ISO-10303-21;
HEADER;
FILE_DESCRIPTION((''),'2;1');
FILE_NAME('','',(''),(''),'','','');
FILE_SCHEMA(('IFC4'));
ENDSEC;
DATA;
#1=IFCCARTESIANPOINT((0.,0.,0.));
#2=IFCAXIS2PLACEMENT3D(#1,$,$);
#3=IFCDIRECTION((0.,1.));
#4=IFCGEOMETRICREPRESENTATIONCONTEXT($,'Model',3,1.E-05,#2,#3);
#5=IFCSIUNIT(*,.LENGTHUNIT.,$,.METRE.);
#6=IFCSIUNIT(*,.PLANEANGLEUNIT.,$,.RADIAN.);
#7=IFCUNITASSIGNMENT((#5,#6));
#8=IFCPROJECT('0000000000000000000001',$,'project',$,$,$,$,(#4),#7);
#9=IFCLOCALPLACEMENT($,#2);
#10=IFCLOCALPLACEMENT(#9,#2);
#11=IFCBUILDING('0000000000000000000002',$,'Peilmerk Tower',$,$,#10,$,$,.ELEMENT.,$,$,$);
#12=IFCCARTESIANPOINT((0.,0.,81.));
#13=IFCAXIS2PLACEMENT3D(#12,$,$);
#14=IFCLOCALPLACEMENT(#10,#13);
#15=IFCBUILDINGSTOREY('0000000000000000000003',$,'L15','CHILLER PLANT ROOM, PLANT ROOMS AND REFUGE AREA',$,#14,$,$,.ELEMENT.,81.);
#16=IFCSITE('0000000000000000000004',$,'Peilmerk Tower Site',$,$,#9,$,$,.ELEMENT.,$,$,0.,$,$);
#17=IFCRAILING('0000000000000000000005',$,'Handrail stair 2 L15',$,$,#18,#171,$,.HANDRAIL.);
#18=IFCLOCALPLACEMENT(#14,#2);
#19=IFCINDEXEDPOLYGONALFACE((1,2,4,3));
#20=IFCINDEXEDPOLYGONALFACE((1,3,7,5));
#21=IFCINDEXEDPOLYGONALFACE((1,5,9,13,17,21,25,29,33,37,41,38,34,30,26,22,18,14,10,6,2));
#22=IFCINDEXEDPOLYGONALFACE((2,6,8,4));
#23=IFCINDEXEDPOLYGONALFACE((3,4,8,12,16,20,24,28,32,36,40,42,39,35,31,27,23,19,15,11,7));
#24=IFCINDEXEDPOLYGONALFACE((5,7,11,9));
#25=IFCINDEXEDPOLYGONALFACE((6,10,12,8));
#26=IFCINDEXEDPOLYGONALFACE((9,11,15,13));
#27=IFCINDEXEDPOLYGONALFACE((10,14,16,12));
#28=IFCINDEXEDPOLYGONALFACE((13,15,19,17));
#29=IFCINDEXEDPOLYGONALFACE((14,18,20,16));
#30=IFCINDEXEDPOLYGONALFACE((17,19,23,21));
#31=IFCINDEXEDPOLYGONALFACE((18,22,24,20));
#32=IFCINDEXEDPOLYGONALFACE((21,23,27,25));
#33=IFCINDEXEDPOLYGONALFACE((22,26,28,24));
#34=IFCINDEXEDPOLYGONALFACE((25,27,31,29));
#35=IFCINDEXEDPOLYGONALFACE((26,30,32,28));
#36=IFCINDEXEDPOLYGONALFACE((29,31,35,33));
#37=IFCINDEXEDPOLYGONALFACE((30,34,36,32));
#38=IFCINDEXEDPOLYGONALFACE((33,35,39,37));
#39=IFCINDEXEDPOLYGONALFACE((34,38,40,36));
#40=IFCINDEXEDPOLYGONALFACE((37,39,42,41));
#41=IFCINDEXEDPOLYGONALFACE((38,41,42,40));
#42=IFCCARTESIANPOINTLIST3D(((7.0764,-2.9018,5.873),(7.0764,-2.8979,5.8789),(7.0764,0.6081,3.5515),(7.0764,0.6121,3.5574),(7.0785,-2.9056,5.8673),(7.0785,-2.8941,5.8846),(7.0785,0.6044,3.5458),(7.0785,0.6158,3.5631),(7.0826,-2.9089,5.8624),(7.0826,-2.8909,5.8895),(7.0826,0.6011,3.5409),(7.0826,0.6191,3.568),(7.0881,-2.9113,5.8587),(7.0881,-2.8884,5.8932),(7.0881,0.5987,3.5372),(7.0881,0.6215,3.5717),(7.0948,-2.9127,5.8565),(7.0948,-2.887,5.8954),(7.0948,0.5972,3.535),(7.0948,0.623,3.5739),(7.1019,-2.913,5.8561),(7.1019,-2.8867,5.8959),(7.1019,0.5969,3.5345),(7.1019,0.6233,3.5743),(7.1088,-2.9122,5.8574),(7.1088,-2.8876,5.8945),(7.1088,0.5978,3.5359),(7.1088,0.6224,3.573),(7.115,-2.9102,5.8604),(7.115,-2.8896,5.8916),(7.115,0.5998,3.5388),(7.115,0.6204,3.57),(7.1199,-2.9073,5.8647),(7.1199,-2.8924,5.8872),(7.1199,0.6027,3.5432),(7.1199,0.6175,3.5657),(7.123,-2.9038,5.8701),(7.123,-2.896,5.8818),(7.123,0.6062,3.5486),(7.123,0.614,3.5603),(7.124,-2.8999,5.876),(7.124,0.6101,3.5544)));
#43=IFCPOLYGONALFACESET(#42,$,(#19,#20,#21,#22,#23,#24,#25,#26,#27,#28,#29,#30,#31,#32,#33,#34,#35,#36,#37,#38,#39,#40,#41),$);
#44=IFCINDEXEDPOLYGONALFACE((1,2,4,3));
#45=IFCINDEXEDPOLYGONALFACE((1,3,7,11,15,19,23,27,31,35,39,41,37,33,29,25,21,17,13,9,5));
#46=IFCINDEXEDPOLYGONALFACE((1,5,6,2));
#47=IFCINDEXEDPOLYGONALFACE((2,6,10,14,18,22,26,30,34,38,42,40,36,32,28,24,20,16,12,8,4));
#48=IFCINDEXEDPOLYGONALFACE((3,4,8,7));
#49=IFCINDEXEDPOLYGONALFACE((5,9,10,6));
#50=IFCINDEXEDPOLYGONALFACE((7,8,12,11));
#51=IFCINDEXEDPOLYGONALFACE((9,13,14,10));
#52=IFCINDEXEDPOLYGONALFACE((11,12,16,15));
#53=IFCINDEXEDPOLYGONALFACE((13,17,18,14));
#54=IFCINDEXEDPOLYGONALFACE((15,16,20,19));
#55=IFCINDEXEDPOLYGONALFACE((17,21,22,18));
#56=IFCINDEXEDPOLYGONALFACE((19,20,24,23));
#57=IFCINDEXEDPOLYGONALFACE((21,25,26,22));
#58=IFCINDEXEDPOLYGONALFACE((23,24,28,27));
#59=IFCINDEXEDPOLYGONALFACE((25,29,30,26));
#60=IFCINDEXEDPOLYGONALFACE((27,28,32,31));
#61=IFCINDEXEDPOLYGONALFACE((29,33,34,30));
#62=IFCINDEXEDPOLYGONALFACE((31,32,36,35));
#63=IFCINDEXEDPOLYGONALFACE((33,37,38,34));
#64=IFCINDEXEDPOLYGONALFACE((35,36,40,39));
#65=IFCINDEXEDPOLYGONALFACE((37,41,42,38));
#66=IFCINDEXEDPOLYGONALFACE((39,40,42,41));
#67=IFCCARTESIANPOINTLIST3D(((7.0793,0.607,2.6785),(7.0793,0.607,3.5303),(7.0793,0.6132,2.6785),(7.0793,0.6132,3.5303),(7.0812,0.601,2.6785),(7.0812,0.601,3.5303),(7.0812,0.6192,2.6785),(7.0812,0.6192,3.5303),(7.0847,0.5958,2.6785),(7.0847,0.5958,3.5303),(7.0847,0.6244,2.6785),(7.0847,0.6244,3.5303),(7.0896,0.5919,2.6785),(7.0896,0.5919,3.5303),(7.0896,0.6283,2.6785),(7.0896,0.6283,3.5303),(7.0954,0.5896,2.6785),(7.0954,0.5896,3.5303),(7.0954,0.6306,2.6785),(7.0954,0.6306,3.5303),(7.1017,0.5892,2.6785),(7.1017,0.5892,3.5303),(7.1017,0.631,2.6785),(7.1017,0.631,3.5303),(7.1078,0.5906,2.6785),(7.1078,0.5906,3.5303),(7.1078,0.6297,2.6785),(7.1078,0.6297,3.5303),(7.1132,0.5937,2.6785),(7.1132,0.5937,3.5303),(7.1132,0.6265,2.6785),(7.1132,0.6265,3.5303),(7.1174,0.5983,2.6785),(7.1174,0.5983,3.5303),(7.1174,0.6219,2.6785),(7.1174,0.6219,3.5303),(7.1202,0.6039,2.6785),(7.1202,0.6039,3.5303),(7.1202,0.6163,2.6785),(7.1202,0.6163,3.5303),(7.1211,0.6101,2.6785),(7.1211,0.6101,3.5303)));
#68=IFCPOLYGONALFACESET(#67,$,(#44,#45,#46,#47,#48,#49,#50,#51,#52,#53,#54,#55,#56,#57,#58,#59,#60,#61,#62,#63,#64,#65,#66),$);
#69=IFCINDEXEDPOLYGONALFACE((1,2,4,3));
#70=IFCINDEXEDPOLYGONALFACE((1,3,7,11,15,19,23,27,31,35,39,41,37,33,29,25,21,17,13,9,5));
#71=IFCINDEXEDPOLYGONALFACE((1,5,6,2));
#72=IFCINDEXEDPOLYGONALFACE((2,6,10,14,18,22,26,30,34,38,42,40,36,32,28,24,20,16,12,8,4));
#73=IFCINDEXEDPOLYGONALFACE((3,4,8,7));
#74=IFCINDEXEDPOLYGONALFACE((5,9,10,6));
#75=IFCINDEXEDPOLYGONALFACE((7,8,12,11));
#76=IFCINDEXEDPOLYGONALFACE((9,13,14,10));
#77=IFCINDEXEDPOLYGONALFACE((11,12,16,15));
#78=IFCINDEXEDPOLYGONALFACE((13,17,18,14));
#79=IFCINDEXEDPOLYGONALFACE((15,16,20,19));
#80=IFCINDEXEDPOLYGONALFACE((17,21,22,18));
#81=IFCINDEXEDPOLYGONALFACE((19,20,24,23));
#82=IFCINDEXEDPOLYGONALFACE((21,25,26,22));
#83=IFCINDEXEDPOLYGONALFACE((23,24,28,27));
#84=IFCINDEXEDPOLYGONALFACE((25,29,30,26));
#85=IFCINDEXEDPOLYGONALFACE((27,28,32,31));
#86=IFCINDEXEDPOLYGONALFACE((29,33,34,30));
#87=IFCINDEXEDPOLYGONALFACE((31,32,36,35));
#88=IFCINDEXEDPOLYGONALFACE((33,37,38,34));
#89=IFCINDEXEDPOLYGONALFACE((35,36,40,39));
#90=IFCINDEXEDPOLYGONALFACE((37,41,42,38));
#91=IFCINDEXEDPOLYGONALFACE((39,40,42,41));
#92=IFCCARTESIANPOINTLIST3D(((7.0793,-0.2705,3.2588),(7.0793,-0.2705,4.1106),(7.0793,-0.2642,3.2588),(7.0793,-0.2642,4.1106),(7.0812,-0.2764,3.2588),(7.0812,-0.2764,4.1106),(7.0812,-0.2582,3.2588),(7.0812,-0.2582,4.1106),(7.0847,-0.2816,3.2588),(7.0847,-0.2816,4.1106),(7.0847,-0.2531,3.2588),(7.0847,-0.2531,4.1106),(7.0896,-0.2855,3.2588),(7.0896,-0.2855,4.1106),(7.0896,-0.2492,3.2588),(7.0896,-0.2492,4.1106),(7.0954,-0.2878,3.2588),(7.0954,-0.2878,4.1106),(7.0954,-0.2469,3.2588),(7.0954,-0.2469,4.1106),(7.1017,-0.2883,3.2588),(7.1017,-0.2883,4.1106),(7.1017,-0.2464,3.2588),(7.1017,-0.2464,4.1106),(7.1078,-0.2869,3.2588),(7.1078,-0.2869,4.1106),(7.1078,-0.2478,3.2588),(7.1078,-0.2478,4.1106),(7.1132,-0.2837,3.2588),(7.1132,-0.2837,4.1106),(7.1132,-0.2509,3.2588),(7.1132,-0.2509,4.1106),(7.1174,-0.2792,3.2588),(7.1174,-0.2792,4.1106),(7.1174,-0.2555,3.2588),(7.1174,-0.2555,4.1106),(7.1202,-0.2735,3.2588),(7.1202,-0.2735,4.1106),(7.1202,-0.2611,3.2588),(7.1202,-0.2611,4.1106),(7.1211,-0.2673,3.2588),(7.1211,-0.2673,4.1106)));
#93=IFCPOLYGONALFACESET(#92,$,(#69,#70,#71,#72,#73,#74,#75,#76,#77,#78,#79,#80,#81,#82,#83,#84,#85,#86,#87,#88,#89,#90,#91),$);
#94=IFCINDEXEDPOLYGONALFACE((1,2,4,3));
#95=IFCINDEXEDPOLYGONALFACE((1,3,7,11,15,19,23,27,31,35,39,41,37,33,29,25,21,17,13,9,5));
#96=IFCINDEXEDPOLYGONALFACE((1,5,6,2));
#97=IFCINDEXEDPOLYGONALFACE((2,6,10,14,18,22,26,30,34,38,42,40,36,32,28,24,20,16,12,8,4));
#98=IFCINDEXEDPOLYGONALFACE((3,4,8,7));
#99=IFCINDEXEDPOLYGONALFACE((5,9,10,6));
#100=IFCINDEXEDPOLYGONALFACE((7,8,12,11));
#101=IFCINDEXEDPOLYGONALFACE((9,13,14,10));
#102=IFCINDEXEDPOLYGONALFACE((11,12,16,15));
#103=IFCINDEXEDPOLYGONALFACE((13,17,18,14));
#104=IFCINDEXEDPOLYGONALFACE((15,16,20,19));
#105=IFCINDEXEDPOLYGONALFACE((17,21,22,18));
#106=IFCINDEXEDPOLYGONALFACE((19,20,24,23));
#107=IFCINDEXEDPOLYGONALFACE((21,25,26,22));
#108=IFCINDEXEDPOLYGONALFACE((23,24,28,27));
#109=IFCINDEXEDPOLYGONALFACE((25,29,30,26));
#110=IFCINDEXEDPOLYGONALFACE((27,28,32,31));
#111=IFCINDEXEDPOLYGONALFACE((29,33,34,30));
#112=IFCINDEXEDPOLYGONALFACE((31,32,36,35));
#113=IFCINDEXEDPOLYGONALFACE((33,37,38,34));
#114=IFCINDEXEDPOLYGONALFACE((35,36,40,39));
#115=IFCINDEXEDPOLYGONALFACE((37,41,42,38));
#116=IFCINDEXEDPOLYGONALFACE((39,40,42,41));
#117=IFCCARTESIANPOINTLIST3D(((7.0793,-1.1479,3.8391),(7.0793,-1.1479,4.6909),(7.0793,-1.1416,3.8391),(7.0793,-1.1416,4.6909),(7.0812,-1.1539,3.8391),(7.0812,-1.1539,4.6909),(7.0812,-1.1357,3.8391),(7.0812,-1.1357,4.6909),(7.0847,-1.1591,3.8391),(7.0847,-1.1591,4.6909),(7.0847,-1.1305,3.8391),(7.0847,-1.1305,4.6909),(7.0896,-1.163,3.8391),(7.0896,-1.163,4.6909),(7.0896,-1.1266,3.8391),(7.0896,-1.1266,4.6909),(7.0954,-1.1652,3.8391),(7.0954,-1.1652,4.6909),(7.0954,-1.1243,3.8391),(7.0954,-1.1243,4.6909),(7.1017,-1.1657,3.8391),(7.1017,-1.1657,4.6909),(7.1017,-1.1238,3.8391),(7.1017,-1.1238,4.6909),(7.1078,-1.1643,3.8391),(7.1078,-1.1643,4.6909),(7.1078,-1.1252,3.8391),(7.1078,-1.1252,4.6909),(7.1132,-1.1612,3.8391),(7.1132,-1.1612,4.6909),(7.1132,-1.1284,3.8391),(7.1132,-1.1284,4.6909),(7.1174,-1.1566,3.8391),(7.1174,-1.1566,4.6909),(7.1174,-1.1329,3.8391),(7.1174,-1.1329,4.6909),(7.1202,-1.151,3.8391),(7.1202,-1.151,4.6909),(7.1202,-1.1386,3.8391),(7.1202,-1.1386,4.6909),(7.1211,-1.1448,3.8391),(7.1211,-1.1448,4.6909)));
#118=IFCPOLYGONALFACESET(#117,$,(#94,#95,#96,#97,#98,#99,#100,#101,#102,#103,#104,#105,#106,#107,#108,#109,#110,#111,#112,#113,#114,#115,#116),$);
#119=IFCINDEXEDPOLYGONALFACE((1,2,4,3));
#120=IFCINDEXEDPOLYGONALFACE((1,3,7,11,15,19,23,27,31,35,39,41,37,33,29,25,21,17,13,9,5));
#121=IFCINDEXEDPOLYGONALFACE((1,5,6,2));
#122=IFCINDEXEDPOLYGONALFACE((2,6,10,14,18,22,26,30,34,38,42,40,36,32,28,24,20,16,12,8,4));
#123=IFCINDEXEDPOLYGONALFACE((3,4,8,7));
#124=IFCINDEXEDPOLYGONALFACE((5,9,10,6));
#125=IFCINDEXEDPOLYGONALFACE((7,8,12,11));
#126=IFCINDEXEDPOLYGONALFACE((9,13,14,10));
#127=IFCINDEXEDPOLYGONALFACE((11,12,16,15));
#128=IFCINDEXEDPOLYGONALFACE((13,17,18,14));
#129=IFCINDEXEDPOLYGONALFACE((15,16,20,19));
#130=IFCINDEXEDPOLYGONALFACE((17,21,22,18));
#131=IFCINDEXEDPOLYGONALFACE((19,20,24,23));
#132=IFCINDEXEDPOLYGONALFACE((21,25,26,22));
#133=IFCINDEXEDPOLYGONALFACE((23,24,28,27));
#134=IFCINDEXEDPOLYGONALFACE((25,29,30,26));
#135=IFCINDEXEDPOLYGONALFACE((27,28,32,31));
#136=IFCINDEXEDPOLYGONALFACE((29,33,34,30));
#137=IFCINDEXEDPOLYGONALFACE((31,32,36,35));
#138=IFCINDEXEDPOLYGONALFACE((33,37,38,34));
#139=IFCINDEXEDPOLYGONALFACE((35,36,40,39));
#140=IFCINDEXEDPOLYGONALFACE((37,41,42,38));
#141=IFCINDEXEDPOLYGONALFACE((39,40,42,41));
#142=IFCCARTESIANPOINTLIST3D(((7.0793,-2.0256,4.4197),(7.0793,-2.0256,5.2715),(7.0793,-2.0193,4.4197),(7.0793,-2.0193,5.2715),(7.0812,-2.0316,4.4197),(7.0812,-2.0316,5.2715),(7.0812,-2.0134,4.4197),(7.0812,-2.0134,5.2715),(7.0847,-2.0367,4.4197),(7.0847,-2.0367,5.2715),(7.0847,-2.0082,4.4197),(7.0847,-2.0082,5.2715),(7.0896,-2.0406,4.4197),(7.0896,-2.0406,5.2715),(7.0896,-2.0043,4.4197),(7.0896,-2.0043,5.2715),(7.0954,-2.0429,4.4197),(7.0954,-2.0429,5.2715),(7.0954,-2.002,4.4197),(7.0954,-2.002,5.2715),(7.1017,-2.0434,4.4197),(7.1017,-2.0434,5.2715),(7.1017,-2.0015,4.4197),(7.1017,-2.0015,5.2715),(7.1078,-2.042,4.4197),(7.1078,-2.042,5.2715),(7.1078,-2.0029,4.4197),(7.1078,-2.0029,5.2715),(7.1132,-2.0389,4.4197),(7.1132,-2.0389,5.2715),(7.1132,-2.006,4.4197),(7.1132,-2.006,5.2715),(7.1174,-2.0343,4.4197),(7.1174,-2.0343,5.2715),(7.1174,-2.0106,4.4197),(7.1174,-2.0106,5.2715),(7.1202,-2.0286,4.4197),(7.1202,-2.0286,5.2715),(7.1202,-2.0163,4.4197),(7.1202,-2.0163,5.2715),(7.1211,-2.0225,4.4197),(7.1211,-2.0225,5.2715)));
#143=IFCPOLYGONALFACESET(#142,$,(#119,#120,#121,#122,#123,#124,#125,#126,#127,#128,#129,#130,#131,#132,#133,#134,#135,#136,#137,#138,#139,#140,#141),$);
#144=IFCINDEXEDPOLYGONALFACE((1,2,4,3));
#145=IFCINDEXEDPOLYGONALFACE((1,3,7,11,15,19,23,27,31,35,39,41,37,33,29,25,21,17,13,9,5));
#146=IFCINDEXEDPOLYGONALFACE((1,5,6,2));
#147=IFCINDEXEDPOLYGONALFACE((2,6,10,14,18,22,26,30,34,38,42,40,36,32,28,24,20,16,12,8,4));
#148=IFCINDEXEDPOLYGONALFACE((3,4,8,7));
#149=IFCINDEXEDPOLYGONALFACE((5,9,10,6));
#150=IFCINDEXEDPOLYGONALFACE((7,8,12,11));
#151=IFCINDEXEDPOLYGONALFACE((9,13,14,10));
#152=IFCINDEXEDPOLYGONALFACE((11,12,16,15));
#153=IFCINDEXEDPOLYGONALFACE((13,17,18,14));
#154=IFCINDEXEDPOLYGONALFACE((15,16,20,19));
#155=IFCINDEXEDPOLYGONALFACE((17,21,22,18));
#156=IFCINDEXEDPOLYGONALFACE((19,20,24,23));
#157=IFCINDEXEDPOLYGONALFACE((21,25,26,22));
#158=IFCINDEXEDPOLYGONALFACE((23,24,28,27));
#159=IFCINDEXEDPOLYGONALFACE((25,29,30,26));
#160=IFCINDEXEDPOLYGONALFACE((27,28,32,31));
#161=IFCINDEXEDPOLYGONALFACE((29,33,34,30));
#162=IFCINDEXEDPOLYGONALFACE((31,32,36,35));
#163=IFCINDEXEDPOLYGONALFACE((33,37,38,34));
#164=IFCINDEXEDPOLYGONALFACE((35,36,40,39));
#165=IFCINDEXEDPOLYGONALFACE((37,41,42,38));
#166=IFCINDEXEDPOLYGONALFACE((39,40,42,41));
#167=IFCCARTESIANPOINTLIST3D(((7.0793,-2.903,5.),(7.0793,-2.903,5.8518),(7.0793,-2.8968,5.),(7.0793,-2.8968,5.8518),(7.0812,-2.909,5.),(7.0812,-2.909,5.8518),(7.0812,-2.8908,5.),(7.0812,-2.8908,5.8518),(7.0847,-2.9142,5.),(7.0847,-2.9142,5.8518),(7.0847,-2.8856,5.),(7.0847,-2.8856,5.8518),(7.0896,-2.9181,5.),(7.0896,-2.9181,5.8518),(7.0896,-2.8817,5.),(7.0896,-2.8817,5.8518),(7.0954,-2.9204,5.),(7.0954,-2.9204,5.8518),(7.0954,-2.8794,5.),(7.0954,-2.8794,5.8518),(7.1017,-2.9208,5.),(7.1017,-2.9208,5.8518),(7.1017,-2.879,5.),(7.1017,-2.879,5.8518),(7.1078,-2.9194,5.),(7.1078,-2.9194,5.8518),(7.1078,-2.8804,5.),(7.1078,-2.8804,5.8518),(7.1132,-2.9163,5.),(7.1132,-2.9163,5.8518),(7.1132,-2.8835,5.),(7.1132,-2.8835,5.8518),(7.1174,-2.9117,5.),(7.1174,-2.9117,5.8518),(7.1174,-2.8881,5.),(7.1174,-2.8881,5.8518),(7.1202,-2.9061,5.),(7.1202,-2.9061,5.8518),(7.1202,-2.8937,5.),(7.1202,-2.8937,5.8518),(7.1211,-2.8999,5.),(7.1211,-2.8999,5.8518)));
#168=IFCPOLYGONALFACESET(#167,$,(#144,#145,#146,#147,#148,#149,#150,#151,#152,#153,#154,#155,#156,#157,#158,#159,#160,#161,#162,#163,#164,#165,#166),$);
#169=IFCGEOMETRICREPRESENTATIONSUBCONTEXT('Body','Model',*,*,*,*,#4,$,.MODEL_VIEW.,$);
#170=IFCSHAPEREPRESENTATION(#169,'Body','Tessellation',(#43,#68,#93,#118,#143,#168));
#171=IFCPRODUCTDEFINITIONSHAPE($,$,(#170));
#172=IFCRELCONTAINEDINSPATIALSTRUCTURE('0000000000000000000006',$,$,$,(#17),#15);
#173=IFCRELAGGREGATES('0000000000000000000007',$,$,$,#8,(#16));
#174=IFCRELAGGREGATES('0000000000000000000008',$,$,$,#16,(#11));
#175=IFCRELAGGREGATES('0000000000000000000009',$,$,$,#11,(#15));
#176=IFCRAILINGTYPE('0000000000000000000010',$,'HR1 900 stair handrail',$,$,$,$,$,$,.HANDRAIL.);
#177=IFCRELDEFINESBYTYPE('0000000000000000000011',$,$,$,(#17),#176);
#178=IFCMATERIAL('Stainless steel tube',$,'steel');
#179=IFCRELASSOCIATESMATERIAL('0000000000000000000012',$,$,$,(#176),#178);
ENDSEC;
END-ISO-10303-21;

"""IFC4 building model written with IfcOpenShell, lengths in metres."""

from ifc_helpers import new_model, si_unit, direction, frame, origin, origin_2d, place, context, subcontext, project, spatial, circle, extrude, material, type_object, element, save


model = new_model("IFC4")

# Units and contexts
model_context = context("Model", 3, precision=1e-05, world=origin(), true_north=direction((0.0, 1.0)))
body_context = subcontext(model_context, "Body", "Model", "MODEL_VIEW")
ifc_project = project(units=[si_unit("LENGTHUNIT", "METRE"), si_unit("PLANEANGLEUNIT", "RADIAN")], contexts=[model_context])

# Site, building, storey
site_placement = place(None, origin())
site = spatial("IfcSite", under=ifc_project, at=site_placement, Name="Peilmerk Tower Site", CompositionType="ELEMENT", RefElevation=0.0)
building_placement = place(site_placement, origin())
building = spatial("IfcBuilding", under=site, at=building_placement, Name="Peilmerk Tower", CompositionType="ELEMENT")
storey_placement = place(building_placement, frame((0.0, 0.0, 81.0)))
storey = spatial("IfcBuildingStorey", under=building, at=storey_placement, Name="L15", Description="CHILLER PLANT ROOM, PLANT ROOMS AND REFUGE AREA", CompositionType="ELEMENT", Elevation=81.0)

# Railing
ifc_material_1 = material(Name="Stainless steel tube", Category="steel")
railing_type_1 = type_object("IfcRailingType", Name="HR1 900 stair handrail", PredefinedType="HANDRAIL", material=ifc_material_1)
railing_1_placement = place(storey_placement, frame((7.1001, 0.6101, 2.6785)))
element("IfcRailing", 1, at=railing_1_placement, inside=storey, type_object=railing_type_1, Name="Handrail stair 2 L15", PredefinedType="HANDRAIL", context=body_context, shape_type="SweptSolid", body=[
    extrude(circle(Radius=0.0239, at=origin_2d()), frame((0.0, 0.0, 0.876), z_axis=(0.0, -0.834071, 0.551657), x_axis=(1.0, 0.0, 0.0)), (0.0, 0.0, 1.0), 4.2083),
    extrude(circle(Radius=0.021, at=origin_2d()), origin(), (0.0, 0.0, 1.0), 0.8518),
    extrude(circle(Radius=0.021, at=origin_2d()), frame((0.0, -0.8774, 0.5803)), (0.0, 0.0, 1.0), 0.8518),
    extrude(circle(Radius=0.021, at=origin_2d()), frame((0.0, -1.7549, 1.1606)), (0.0, 0.0, 1.0), 0.8518),
    extrude(circle(Radius=0.021, at=origin_2d()), frame((0.0, -2.6326, 1.7412)), (0.0, 0.0, 1.0), 0.8518),
    extrude(circle(Radius=0.021, at=origin_2d()), frame((0.0, -3.51, 2.3215)), (0.0, 0.0, 1.0), 0.8518),
])

save(model, "model.ifc")
